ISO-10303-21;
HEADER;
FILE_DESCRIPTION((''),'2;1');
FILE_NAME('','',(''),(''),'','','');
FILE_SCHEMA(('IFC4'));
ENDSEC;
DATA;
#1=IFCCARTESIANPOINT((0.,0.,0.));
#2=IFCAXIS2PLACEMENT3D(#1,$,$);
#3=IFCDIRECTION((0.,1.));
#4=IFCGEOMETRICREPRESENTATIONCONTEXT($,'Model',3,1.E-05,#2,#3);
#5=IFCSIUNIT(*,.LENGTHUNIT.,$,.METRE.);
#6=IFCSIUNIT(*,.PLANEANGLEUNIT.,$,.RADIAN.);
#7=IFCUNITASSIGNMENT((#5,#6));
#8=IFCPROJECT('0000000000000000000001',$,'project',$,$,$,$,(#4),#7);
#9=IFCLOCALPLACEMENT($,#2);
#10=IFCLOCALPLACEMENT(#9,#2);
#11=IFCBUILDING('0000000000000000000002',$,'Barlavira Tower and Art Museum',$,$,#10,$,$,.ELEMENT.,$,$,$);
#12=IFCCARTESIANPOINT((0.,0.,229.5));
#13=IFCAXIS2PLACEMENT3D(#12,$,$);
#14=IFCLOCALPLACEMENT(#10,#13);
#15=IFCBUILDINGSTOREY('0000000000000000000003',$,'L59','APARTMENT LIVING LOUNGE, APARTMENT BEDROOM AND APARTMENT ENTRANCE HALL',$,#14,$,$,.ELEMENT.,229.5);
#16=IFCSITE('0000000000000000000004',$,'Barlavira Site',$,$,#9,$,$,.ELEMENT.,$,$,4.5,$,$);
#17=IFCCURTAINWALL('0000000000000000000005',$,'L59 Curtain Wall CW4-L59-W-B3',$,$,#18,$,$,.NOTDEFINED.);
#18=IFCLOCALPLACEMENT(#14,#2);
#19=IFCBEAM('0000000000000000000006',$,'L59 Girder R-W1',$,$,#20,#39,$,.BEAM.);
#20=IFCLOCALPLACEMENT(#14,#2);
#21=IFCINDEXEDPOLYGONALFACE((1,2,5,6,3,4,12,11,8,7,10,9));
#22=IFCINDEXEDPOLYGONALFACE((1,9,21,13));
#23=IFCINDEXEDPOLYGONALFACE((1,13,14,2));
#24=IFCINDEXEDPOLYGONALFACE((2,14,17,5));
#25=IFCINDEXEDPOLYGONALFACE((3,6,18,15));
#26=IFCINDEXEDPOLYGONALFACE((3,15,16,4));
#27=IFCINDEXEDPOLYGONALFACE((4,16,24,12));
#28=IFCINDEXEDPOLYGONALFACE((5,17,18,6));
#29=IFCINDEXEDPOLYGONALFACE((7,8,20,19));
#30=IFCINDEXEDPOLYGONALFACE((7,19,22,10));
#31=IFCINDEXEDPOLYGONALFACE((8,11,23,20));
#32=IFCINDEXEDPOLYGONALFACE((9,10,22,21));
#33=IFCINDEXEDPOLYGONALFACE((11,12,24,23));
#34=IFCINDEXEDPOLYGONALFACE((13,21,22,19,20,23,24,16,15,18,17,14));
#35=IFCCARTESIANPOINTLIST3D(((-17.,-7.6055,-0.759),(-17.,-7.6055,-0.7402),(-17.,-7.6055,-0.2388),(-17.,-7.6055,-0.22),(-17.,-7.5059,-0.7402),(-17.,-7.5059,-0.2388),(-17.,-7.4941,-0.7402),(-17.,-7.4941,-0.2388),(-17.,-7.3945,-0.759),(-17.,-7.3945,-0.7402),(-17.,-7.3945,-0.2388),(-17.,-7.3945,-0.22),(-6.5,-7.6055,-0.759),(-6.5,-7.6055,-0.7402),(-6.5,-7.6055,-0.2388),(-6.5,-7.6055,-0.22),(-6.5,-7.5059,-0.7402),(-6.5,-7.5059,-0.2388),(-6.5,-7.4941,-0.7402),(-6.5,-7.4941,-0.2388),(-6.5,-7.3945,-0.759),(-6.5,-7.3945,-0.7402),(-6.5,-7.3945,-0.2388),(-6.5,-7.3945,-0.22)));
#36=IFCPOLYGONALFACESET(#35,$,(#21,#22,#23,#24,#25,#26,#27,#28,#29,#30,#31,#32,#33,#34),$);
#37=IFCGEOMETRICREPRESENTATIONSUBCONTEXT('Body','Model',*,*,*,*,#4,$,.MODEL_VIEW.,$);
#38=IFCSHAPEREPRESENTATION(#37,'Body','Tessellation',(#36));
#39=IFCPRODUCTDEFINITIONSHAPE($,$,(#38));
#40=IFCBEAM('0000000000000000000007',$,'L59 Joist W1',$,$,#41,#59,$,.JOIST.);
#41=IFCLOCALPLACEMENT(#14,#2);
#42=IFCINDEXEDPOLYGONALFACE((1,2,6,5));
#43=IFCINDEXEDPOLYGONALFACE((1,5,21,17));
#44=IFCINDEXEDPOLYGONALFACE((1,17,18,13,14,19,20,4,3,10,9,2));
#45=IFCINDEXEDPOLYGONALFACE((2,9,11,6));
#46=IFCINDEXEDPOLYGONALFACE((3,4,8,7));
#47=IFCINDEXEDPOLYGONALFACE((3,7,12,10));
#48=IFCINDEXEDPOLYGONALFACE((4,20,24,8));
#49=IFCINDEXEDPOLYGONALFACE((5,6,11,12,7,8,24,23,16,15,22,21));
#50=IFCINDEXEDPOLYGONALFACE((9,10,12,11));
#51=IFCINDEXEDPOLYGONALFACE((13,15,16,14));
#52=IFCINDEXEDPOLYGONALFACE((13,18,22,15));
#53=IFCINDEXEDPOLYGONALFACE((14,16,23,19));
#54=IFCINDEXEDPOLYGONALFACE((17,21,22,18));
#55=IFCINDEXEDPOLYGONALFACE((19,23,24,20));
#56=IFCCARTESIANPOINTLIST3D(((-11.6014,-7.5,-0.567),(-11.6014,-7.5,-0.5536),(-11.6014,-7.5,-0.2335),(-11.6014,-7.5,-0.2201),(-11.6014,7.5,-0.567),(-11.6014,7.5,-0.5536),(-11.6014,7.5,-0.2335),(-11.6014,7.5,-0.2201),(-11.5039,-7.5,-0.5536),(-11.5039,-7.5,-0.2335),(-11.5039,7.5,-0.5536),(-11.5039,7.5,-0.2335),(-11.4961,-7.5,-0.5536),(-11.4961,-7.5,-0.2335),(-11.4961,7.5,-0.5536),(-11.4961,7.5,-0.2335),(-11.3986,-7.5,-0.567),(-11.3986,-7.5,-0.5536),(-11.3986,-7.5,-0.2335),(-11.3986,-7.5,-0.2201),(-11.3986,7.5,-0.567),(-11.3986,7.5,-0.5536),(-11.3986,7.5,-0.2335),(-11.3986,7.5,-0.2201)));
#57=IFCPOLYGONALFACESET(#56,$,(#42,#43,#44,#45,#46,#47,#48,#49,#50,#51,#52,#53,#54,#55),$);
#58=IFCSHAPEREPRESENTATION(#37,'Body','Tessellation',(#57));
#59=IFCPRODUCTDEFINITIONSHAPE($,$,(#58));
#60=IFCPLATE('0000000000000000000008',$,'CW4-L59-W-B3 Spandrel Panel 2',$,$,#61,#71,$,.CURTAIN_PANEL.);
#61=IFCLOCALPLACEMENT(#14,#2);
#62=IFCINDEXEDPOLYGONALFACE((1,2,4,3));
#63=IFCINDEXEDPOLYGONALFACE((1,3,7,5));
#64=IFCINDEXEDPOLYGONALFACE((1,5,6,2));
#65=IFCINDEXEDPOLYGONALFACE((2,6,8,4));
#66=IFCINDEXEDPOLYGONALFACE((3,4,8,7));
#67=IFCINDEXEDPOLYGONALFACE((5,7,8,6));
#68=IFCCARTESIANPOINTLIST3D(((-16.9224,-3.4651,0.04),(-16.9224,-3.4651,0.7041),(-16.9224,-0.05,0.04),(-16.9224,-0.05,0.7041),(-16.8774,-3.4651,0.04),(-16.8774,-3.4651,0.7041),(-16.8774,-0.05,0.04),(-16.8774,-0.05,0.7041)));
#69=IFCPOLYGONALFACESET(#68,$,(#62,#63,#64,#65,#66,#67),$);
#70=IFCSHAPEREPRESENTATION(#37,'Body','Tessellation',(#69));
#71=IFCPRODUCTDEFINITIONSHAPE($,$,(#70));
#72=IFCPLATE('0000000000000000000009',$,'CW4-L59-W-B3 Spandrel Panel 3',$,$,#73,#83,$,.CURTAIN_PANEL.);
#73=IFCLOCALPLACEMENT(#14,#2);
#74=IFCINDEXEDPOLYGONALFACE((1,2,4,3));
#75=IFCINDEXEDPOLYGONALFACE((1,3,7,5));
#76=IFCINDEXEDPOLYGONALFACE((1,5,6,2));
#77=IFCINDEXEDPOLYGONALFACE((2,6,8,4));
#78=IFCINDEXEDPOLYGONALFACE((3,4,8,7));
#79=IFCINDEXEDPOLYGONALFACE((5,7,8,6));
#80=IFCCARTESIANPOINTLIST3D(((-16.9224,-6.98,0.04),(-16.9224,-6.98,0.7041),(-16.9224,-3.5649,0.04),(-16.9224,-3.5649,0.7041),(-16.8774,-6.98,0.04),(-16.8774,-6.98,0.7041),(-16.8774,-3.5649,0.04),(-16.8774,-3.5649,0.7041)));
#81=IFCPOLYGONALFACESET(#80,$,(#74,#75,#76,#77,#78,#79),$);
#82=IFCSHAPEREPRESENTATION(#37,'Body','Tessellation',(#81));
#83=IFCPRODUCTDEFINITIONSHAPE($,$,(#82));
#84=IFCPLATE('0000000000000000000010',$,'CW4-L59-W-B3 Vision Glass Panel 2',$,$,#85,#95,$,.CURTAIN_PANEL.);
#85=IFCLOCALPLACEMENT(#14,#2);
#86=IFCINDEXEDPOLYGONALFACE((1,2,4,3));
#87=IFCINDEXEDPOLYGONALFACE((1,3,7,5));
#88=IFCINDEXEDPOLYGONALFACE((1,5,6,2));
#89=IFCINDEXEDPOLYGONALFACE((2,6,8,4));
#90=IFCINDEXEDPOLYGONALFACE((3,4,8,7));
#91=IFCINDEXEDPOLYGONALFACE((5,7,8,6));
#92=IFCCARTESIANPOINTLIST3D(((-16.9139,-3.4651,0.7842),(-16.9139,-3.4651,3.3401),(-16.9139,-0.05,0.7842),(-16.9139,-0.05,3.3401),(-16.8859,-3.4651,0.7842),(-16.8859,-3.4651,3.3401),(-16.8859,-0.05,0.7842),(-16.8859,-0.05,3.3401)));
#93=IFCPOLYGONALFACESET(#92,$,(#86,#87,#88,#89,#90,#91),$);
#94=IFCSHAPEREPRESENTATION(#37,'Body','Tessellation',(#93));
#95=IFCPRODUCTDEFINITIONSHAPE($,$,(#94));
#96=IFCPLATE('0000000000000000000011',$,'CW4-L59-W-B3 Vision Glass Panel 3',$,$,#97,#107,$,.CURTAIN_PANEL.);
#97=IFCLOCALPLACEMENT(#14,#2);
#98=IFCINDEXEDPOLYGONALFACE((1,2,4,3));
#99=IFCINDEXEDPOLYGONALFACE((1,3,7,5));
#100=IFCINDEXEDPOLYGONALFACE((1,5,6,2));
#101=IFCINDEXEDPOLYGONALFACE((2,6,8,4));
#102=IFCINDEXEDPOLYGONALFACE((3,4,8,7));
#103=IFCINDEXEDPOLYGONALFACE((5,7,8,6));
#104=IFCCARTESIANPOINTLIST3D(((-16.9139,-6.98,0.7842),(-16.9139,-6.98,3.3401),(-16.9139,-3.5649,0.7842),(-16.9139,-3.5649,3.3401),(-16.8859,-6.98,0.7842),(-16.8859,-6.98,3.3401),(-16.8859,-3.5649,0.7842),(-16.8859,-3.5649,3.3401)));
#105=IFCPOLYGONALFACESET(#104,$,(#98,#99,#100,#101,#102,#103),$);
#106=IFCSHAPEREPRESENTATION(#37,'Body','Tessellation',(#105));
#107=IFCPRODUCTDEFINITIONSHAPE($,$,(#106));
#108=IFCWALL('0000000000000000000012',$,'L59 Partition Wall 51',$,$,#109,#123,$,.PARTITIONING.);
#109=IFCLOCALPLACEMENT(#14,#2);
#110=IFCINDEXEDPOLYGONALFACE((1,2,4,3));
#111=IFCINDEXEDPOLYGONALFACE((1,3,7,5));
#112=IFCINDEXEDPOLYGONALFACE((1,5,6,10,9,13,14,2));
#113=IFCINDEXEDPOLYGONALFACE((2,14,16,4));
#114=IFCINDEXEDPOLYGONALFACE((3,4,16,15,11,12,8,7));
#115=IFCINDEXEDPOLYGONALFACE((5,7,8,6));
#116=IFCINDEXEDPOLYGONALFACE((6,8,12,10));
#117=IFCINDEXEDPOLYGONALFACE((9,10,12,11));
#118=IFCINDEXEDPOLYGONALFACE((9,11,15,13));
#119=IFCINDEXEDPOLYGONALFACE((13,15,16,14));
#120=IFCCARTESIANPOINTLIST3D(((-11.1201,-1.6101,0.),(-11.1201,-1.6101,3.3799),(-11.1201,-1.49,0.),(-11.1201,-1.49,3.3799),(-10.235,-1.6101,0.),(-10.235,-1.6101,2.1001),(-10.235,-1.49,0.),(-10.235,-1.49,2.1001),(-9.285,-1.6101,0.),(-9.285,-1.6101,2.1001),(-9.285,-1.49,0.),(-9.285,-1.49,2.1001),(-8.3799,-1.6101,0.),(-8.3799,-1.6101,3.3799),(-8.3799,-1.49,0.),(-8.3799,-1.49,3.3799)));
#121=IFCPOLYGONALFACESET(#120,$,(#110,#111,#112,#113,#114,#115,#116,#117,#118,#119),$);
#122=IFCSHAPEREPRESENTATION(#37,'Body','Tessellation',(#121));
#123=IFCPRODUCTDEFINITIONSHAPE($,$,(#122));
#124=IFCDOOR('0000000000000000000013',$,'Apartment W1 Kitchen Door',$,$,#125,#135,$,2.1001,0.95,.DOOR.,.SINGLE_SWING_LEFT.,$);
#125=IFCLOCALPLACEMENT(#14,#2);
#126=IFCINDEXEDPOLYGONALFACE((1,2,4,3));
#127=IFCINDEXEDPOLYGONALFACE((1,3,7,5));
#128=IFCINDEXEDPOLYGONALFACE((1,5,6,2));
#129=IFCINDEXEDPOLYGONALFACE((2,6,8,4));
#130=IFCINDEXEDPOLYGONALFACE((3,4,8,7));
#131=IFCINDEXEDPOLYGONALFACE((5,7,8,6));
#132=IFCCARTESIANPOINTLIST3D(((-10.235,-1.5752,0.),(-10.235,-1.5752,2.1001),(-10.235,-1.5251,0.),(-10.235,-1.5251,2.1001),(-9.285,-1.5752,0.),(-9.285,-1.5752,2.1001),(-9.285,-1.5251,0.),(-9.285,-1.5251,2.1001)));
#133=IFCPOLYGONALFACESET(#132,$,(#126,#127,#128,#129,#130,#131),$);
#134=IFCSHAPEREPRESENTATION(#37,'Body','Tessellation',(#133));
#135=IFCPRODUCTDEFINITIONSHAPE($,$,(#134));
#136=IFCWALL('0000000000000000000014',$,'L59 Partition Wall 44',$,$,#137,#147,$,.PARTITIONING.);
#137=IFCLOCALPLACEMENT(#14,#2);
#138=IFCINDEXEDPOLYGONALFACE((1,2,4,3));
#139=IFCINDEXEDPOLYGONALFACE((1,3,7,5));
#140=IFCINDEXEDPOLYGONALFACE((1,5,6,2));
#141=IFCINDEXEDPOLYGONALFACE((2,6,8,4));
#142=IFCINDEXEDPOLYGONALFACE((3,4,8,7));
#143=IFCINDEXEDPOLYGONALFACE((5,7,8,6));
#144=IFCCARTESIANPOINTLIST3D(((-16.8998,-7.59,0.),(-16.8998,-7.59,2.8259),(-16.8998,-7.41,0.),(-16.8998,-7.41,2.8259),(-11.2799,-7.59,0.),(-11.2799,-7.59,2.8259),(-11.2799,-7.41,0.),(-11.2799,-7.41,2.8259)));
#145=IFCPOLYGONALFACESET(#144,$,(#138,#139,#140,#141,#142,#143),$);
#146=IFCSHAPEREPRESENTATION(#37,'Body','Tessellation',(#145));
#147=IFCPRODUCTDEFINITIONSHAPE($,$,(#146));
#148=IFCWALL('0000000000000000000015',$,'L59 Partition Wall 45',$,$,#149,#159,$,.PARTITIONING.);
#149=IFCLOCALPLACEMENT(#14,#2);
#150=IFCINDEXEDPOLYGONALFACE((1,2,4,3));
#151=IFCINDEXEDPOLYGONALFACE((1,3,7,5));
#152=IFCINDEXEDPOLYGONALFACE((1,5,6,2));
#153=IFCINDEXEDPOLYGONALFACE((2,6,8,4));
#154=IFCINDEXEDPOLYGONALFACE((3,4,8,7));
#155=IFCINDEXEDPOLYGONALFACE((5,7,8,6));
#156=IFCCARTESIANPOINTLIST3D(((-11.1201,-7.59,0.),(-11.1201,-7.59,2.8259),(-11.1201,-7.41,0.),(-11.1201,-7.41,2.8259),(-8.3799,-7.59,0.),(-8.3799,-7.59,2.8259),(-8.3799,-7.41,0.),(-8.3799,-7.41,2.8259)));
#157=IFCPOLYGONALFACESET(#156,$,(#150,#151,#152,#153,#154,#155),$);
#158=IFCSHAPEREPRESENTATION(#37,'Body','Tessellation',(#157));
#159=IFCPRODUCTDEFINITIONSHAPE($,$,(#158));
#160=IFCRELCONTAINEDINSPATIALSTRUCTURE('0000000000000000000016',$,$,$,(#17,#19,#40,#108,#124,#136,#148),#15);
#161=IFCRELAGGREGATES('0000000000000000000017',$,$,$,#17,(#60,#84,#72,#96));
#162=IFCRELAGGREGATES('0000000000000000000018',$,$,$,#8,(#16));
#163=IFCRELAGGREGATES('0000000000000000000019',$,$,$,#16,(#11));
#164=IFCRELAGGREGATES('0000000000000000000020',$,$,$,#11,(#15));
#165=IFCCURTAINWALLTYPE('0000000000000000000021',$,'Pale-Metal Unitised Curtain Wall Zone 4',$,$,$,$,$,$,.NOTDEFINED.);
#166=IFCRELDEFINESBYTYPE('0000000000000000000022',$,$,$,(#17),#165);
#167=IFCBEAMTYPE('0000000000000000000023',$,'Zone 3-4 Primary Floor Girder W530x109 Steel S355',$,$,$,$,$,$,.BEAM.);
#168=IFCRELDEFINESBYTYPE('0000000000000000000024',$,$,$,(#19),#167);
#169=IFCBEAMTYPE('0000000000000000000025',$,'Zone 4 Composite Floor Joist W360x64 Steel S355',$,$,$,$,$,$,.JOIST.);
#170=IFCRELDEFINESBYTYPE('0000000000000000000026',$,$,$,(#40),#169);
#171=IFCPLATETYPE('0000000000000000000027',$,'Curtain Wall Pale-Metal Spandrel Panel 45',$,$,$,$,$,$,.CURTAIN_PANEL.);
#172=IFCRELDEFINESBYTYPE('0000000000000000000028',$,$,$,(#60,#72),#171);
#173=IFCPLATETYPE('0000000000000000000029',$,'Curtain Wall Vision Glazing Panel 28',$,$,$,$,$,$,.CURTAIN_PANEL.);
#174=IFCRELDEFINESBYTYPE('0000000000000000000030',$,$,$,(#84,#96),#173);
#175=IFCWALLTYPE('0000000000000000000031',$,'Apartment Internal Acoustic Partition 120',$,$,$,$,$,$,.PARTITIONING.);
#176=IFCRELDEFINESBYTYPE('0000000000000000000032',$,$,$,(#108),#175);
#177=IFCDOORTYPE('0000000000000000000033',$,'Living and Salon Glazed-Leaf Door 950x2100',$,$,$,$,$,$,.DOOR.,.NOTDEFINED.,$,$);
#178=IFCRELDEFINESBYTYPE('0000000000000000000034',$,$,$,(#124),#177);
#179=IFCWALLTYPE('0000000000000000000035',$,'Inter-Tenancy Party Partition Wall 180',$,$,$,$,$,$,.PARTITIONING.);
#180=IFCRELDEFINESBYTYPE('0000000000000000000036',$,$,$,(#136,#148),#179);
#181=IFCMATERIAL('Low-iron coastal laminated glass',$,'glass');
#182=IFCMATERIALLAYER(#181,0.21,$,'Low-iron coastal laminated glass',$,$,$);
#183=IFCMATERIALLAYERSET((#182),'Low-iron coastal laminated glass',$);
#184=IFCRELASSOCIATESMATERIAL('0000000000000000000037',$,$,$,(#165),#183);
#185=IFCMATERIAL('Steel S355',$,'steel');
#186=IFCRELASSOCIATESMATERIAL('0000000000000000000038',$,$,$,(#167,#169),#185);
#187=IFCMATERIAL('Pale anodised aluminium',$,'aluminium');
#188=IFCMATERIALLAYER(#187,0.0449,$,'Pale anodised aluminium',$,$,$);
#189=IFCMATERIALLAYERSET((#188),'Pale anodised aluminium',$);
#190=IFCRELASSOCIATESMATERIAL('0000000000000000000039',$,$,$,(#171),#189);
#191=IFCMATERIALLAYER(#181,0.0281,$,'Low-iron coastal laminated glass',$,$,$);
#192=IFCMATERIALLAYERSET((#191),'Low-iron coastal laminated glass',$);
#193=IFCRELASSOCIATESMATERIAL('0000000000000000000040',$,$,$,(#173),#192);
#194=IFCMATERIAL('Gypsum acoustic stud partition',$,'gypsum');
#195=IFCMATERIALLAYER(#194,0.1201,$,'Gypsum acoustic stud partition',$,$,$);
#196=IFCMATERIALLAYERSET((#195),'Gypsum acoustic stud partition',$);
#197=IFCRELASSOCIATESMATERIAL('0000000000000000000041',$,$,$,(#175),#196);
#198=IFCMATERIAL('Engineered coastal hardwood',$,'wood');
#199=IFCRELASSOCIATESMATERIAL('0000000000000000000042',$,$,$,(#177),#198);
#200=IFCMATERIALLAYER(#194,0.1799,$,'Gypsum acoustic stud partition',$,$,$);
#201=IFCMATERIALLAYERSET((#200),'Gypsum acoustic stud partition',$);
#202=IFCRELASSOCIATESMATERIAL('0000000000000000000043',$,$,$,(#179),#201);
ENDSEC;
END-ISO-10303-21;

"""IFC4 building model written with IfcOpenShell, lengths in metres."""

from ifc_helpers import new_model, si_unit, direction, frame, frame_2d, origin, origin_2d, place, context, subcontext, project, spatial, rectangle, i_section, extrude, material, layer, layer_set, material_profile, profile_set, type_object, element, fill, aggregate, save


model = new_model("IFC4")

# Units and contexts
model_context = context("Model", 3, precision=1e-05, world=origin(), true_north=direction((0.0, 1.0)))
body_context = subcontext(model_context, "Body", "Model", "MODEL_VIEW")
ifc_project = project(units=[si_unit("LENGTHUNIT", "METRE"), si_unit("PLANEANGLEUNIT", "RADIAN")], contexts=[model_context])

# Site, building, storey
site_placement = place(None, origin())
site = spatial("IfcSite", under=ifc_project, at=site_placement, Name="Barlavira Site", CompositionType="ELEMENT", RefElevation=4.5)
building_placement = place(site_placement, origin())
building = spatial("IfcBuilding", under=site, at=building_placement, Name="Barlavira Tower and Art Museum", CompositionType="ELEMENT")
storey_placement = place(building_placement, frame((0.0, 0.0, 229.5)))
storey = spatial("IfcBuildingStorey", under=building, at=storey_placement, Name="L59", Description="APARTMENT LIVING LOUNGE, APARTMENT BEDROOM AND APARTMENT ENTRANCE HALL", CompositionType="ELEMENT", Elevation=229.5)

# Curtain wall
ifc_material_1 = material(Name="Low-iron coastal laminated glass", Category="glass")
ifc_layer_1 = layer(ifc_material_1, 0.21, Name="Low-iron coastal laminated glass")
ifc_layer_set_1 = layer_set([ifc_layer_1], Name="Low-iron coastal laminated glass")
curtain_wall_type = type_object("IfcCurtainWallType", Name="Pale-Metal Unitised Curtain Wall Zone 4", PredefinedType="NOTDEFINED", material=ifc_layer_set_1)
curtain_wall_placement = place(storey_placement, origin())
curtain_wall = element("IfcCurtainWall", 1, at=curtain_wall_placement, inside=storey, type_object=curtain_wall_type, Name="L59 Curtain Wall CW4-L59-W-B3", PredefinedType="NOTDEFINED")
ifc_material_2 = material(Name="Pale anodised aluminium", Category="aluminium")

# Beams
ifc_material_3 = material(Name="Steel S355", Category="steel")
ifc_material_profile_1 = material_profile(ifc_material_3, i_section(OverallWidth=0.2109, OverallDepth=0.5391, WebThickness=0.0117, FlangeThickness=0.0188, at=origin_2d()), Name="W530x109.0")
ifc_profile_set_1 = profile_set([ifc_material_profile_1], Name="Steel S355")
beam_type_1 = type_object("IfcBeamType", Name="Zone 3-4 Primary Floor Girder W530x109 Steel S355", PredefinedType="BEAM", material=ifc_profile_set_1)
beam_1_placement = place(storey_placement, frame((-17.0, -7.5, -0.4895), z_axis=(1.0, 0.0, 0.0), x_axis=(0.0, 1.0, 0.0)))
element("IfcBeam", 2, at=beam_1_placement, inside=storey, type_object=beam_type_1, Name="L59 Girder R-W1", PredefinedType="BEAM", context=body_context, shape_type="SweptSolid", body=[
    extrude(i_section(OverallWidth=0.2109, OverallDepth=0.5391, WebThickness=0.0117, FlangeThickness=0.0188, at=origin_2d()), origin(), (0.0, 0.0, 1.0), 10.5),
])
ifc_material_profile_2 = material_profile(ifc_material_3, i_section(OverallWidth=0.2029, OverallDepth=0.3469, WebThickness=0.0078, FlangeThickness=0.0134, at=origin_2d()), Name="W360x64.0")
ifc_profile_set_2 = profile_set([ifc_material_profile_2], Name="Steel S355")
beam_type_2 = type_object("IfcBeamType", Name="Zone 4 Composite Floor Joist W360x64 Steel S355", PredefinedType="JOIST", material=ifc_profile_set_2)
beam_2_placement = place(storey_placement, frame((-11.5, -7.5, -0.3936), z_axis=(0.0, 1.0, 0.0), x_axis=(-1.0, 0.0, 0.0)))
element("IfcBeam", 3, at=beam_2_placement, inside=storey, type_object=beam_type_2, Name="L59 Joist W1", PredefinedType="JOIST", context=body_context, shape_type="SweptSolid", body=[
    extrude(i_section(OverallWidth=0.2029, OverallDepth=0.3469, WebThickness=0.0078, FlangeThickness=0.0134, at=origin_2d()), origin(), (0.0, 0.0, 1.0), 15.0),
])

# Plates
ifc_layer_2 = layer(ifc_material_2, 0.0449, Name="Pale anodised aluminium")
ifc_layer_set_2 = layer_set([ifc_layer_2], Name="Pale anodised aluminium")
plate_type_1 = type_object("IfcPlateType", Name="Curtain Wall Pale-Metal Spandrel Panel 45", PredefinedType="CURTAIN_PANEL", material=ifc_layer_set_2)
plate_1_placement = place(storey_placement, frame((-16.8999, -1.7576, 0.04), z_axis=(0.0, 0.0, 1.0), x_axis=(0.0, -1.0, 0.0)))
plate_1 = element("IfcPlate", 4, at=plate_1_placement, type_object=plate_type_1, Name="CW4-L59-W-B3 Spandrel Panel 2", PredefinedType="CURTAIN_PANEL", context=body_context, shape_type="SweptSolid", body=[
    extrude(rectangle(XDim=3.415, YDim=0.0449, at=origin_2d()), origin(), (0.0, 0.0, 1.0), 0.6641),
])
plate_2_placement = place(storey_placement, frame((-16.8999, -5.2725, 0.04), z_axis=(0.0, 0.0, 1.0), x_axis=(0.0, -1.0, 0.0)))
plate_2 = element("IfcPlate", 5, at=plate_2_placement, type_object=plate_type_1, Name="CW4-L59-W-B3 Spandrel Panel 3", PredefinedType="CURTAIN_PANEL", context=body_context, shape_type="SweptSolid", body=[
    extrude(rectangle(XDim=3.415, YDim=0.0449, at=origin_2d()), origin(), (0.0, 0.0, 1.0), 0.6641),
])
ifc_layer_3 = layer(ifc_material_1, 0.0281, Name="Low-iron coastal laminated glass")
ifc_layer_set_3 = layer_set([ifc_layer_3], Name="Low-iron coastal laminated glass")
plate_type_2 = type_object("IfcPlateType", Name="Curtain Wall Vision Glazing Panel 28", PredefinedType="CURTAIN_PANEL", material=ifc_layer_set_3)
plate_3_placement = place(storey_placement, frame((-16.8999, -1.7576, 0.7842), z_axis=(0.0, 0.0, 1.0), x_axis=(0.0, -1.0, 0.0)))
plate_3 = element("IfcPlate", 6, at=plate_3_placement, type_object=plate_type_2, Name="CW4-L59-W-B3 Vision Glass Panel 2", PredefinedType="CURTAIN_PANEL", context=body_context, shape_type="SweptSolid", body=[
    extrude(rectangle(XDim=3.415, YDim=0.0281, at=origin_2d()), origin(), (0.0, 0.0, 1.0), 2.5559),
])
plate_4_placement = place(storey_placement, frame((-16.8999, -5.2725, 0.7842), z_axis=(0.0, 0.0, 1.0), x_axis=(0.0, -1.0, 0.0)))
plate_4 = element("IfcPlate", 7, at=plate_4_placement, type_object=plate_type_2, Name="CW4-L59-W-B3 Vision Glass Panel 3", PredefinedType="CURTAIN_PANEL", context=body_context, shape_type="SweptSolid", body=[
    extrude(rectangle(XDim=3.415, YDim=0.0281, at=origin_2d()), origin(), (0.0, 0.0, 1.0), 2.5559),
])
aggregate(curtain_wall, [plate_1, plate_3, plate_2, plate_4])

# Wall, opening, door
ifc_material_4 = material(Name="Gypsum acoustic stud partition", Category="gypsum")
ifc_layer_4 = layer(ifc_material_4, 0.1201, Name="Gypsum acoustic stud partition")
ifc_layer_set_4 = layer_set([ifc_layer_4], Name="Gypsum acoustic stud partition")
wall_type_1 = type_object("IfcWallType", Name="Apartment Internal Acoustic Partition 120", PredefinedType="PARTITIONING", material=ifc_layer_set_4)
wall_1_placement = place(storey_placement, frame((-11.1201, -1.55, 0.0), z_axis=(0.0, 0.0, 1.0), x_axis=(1.0, 0.0, 0.0)))
wall_1 = element("IfcWall", 8, at=wall_1_placement, inside=storey, type_object=wall_type_1, Name="L59 Partition Wall 51", PredefinedType="PARTITIONING", context=body_context, shape_type="SweptSolid", body=[
    extrude(rectangle(XDim=2.7402, YDim=0.1201, at=frame_2d((1.3701, 0.0))), origin(), (0.0, 0.0, 1.0), 3.3799),
])
opening_1_placement = place(wall_1_placement, frame((0.885, 0.0, 0.0)))
opening_1 = element("IfcOpeningElement", 9, at=opening_1_placement, cuts=wall_1, PredefinedType="OPENING", context=body_context, shape_type="SweptSolid", body=[
    extrude(rectangle(XDim=0.95, YDim=2.1001, at=frame_2d((0.4751, 1.05))), frame((0.0, 0.0701, 0.0), z_axis=(0.0, -1.0, 0.0), x_axis=(1.0, 0.0, 0.0)), (0.0, 0.0, 1.0), 0.1401),
])
ifc_material_5 = material(Name="Engineered coastal hardwood", Category="wood")
door_type_1 = type_object("IfcDoorType", Name="Living and Salon Glazed-Leaf Door 950x2100", OperationType="NOTDEFINED", PredefinedType="DOOR", material=ifc_material_5)
door_1_placement = place(opening_1_placement, origin())
door_1 = element("IfcDoor", 10, at=door_1_placement, inside=storey, type_object=door_type_1, Name="Apartment W1 Kitchen Door", OperationType="SINGLE_SWING_LEFT", OverallHeight=2.1001, OverallWidth=0.95, PredefinedType="DOOR", context=body_context, shape_type="SweptSolid", body=[
    extrude(rectangle(XDim=0.95, YDim=2.1001, at=frame_2d((0.4751, 1.05))), frame((0.0, 0.0249, 0.0), z_axis=(0.0, -1.0, 0.0), x_axis=(1.0, 0.0, 0.0)), (0.0, 0.0, 1.0), 0.05),
])
fill(opening_1, door_1)

# Walls
ifc_layer_5 = layer(ifc_material_4, 0.1799, Name="Gypsum acoustic stud partition")
ifc_layer_set_5 = layer_set([ifc_layer_5], Name="Gypsum acoustic stud partition")
wall_type_2 = type_object("IfcWallType", Name="Inter-Tenancy Party Partition Wall 180", PredefinedType="PARTITIONING", material=ifc_layer_set_5)
wall_2_placement = place(storey_placement, frame((-16.8999, -7.5, 0.0), z_axis=(0.0, 0.0, 1.0), x_axis=(1.0, 0.0, 0.0)))
element("IfcWall", 11, at=wall_2_placement, inside=storey, type_object=wall_type_2, Name="L59 Partition Wall 44", PredefinedType="PARTITIONING", context=body_context, shape_type="SweptSolid", body=[
    extrude(rectangle(XDim=5.6199, YDim=0.1799, at=frame_2d((2.8101, 0.0))), origin(), (0.0, 0.0, 1.0), 2.8259),
])
wall_3_placement = place(storey_placement, frame((-11.1201, -7.5, 0.0), z_axis=(0.0, 0.0, 1.0), x_axis=(1.0, 0.0, 0.0)))
element("IfcWall", 12, at=wall_3_placement, inside=storey, type_object=wall_type_2, Name="L59 Partition Wall 45", PredefinedType="PARTITIONING", context=body_context, shape_type="SweptSolid", body=[
    extrude(rectangle(XDim=2.7402, YDim=0.1799, at=frame_2d((1.3701, 0.0))), origin(), (0.0, 0.0, 1.0), 2.8259),
])

save(model, "model.ifc")
